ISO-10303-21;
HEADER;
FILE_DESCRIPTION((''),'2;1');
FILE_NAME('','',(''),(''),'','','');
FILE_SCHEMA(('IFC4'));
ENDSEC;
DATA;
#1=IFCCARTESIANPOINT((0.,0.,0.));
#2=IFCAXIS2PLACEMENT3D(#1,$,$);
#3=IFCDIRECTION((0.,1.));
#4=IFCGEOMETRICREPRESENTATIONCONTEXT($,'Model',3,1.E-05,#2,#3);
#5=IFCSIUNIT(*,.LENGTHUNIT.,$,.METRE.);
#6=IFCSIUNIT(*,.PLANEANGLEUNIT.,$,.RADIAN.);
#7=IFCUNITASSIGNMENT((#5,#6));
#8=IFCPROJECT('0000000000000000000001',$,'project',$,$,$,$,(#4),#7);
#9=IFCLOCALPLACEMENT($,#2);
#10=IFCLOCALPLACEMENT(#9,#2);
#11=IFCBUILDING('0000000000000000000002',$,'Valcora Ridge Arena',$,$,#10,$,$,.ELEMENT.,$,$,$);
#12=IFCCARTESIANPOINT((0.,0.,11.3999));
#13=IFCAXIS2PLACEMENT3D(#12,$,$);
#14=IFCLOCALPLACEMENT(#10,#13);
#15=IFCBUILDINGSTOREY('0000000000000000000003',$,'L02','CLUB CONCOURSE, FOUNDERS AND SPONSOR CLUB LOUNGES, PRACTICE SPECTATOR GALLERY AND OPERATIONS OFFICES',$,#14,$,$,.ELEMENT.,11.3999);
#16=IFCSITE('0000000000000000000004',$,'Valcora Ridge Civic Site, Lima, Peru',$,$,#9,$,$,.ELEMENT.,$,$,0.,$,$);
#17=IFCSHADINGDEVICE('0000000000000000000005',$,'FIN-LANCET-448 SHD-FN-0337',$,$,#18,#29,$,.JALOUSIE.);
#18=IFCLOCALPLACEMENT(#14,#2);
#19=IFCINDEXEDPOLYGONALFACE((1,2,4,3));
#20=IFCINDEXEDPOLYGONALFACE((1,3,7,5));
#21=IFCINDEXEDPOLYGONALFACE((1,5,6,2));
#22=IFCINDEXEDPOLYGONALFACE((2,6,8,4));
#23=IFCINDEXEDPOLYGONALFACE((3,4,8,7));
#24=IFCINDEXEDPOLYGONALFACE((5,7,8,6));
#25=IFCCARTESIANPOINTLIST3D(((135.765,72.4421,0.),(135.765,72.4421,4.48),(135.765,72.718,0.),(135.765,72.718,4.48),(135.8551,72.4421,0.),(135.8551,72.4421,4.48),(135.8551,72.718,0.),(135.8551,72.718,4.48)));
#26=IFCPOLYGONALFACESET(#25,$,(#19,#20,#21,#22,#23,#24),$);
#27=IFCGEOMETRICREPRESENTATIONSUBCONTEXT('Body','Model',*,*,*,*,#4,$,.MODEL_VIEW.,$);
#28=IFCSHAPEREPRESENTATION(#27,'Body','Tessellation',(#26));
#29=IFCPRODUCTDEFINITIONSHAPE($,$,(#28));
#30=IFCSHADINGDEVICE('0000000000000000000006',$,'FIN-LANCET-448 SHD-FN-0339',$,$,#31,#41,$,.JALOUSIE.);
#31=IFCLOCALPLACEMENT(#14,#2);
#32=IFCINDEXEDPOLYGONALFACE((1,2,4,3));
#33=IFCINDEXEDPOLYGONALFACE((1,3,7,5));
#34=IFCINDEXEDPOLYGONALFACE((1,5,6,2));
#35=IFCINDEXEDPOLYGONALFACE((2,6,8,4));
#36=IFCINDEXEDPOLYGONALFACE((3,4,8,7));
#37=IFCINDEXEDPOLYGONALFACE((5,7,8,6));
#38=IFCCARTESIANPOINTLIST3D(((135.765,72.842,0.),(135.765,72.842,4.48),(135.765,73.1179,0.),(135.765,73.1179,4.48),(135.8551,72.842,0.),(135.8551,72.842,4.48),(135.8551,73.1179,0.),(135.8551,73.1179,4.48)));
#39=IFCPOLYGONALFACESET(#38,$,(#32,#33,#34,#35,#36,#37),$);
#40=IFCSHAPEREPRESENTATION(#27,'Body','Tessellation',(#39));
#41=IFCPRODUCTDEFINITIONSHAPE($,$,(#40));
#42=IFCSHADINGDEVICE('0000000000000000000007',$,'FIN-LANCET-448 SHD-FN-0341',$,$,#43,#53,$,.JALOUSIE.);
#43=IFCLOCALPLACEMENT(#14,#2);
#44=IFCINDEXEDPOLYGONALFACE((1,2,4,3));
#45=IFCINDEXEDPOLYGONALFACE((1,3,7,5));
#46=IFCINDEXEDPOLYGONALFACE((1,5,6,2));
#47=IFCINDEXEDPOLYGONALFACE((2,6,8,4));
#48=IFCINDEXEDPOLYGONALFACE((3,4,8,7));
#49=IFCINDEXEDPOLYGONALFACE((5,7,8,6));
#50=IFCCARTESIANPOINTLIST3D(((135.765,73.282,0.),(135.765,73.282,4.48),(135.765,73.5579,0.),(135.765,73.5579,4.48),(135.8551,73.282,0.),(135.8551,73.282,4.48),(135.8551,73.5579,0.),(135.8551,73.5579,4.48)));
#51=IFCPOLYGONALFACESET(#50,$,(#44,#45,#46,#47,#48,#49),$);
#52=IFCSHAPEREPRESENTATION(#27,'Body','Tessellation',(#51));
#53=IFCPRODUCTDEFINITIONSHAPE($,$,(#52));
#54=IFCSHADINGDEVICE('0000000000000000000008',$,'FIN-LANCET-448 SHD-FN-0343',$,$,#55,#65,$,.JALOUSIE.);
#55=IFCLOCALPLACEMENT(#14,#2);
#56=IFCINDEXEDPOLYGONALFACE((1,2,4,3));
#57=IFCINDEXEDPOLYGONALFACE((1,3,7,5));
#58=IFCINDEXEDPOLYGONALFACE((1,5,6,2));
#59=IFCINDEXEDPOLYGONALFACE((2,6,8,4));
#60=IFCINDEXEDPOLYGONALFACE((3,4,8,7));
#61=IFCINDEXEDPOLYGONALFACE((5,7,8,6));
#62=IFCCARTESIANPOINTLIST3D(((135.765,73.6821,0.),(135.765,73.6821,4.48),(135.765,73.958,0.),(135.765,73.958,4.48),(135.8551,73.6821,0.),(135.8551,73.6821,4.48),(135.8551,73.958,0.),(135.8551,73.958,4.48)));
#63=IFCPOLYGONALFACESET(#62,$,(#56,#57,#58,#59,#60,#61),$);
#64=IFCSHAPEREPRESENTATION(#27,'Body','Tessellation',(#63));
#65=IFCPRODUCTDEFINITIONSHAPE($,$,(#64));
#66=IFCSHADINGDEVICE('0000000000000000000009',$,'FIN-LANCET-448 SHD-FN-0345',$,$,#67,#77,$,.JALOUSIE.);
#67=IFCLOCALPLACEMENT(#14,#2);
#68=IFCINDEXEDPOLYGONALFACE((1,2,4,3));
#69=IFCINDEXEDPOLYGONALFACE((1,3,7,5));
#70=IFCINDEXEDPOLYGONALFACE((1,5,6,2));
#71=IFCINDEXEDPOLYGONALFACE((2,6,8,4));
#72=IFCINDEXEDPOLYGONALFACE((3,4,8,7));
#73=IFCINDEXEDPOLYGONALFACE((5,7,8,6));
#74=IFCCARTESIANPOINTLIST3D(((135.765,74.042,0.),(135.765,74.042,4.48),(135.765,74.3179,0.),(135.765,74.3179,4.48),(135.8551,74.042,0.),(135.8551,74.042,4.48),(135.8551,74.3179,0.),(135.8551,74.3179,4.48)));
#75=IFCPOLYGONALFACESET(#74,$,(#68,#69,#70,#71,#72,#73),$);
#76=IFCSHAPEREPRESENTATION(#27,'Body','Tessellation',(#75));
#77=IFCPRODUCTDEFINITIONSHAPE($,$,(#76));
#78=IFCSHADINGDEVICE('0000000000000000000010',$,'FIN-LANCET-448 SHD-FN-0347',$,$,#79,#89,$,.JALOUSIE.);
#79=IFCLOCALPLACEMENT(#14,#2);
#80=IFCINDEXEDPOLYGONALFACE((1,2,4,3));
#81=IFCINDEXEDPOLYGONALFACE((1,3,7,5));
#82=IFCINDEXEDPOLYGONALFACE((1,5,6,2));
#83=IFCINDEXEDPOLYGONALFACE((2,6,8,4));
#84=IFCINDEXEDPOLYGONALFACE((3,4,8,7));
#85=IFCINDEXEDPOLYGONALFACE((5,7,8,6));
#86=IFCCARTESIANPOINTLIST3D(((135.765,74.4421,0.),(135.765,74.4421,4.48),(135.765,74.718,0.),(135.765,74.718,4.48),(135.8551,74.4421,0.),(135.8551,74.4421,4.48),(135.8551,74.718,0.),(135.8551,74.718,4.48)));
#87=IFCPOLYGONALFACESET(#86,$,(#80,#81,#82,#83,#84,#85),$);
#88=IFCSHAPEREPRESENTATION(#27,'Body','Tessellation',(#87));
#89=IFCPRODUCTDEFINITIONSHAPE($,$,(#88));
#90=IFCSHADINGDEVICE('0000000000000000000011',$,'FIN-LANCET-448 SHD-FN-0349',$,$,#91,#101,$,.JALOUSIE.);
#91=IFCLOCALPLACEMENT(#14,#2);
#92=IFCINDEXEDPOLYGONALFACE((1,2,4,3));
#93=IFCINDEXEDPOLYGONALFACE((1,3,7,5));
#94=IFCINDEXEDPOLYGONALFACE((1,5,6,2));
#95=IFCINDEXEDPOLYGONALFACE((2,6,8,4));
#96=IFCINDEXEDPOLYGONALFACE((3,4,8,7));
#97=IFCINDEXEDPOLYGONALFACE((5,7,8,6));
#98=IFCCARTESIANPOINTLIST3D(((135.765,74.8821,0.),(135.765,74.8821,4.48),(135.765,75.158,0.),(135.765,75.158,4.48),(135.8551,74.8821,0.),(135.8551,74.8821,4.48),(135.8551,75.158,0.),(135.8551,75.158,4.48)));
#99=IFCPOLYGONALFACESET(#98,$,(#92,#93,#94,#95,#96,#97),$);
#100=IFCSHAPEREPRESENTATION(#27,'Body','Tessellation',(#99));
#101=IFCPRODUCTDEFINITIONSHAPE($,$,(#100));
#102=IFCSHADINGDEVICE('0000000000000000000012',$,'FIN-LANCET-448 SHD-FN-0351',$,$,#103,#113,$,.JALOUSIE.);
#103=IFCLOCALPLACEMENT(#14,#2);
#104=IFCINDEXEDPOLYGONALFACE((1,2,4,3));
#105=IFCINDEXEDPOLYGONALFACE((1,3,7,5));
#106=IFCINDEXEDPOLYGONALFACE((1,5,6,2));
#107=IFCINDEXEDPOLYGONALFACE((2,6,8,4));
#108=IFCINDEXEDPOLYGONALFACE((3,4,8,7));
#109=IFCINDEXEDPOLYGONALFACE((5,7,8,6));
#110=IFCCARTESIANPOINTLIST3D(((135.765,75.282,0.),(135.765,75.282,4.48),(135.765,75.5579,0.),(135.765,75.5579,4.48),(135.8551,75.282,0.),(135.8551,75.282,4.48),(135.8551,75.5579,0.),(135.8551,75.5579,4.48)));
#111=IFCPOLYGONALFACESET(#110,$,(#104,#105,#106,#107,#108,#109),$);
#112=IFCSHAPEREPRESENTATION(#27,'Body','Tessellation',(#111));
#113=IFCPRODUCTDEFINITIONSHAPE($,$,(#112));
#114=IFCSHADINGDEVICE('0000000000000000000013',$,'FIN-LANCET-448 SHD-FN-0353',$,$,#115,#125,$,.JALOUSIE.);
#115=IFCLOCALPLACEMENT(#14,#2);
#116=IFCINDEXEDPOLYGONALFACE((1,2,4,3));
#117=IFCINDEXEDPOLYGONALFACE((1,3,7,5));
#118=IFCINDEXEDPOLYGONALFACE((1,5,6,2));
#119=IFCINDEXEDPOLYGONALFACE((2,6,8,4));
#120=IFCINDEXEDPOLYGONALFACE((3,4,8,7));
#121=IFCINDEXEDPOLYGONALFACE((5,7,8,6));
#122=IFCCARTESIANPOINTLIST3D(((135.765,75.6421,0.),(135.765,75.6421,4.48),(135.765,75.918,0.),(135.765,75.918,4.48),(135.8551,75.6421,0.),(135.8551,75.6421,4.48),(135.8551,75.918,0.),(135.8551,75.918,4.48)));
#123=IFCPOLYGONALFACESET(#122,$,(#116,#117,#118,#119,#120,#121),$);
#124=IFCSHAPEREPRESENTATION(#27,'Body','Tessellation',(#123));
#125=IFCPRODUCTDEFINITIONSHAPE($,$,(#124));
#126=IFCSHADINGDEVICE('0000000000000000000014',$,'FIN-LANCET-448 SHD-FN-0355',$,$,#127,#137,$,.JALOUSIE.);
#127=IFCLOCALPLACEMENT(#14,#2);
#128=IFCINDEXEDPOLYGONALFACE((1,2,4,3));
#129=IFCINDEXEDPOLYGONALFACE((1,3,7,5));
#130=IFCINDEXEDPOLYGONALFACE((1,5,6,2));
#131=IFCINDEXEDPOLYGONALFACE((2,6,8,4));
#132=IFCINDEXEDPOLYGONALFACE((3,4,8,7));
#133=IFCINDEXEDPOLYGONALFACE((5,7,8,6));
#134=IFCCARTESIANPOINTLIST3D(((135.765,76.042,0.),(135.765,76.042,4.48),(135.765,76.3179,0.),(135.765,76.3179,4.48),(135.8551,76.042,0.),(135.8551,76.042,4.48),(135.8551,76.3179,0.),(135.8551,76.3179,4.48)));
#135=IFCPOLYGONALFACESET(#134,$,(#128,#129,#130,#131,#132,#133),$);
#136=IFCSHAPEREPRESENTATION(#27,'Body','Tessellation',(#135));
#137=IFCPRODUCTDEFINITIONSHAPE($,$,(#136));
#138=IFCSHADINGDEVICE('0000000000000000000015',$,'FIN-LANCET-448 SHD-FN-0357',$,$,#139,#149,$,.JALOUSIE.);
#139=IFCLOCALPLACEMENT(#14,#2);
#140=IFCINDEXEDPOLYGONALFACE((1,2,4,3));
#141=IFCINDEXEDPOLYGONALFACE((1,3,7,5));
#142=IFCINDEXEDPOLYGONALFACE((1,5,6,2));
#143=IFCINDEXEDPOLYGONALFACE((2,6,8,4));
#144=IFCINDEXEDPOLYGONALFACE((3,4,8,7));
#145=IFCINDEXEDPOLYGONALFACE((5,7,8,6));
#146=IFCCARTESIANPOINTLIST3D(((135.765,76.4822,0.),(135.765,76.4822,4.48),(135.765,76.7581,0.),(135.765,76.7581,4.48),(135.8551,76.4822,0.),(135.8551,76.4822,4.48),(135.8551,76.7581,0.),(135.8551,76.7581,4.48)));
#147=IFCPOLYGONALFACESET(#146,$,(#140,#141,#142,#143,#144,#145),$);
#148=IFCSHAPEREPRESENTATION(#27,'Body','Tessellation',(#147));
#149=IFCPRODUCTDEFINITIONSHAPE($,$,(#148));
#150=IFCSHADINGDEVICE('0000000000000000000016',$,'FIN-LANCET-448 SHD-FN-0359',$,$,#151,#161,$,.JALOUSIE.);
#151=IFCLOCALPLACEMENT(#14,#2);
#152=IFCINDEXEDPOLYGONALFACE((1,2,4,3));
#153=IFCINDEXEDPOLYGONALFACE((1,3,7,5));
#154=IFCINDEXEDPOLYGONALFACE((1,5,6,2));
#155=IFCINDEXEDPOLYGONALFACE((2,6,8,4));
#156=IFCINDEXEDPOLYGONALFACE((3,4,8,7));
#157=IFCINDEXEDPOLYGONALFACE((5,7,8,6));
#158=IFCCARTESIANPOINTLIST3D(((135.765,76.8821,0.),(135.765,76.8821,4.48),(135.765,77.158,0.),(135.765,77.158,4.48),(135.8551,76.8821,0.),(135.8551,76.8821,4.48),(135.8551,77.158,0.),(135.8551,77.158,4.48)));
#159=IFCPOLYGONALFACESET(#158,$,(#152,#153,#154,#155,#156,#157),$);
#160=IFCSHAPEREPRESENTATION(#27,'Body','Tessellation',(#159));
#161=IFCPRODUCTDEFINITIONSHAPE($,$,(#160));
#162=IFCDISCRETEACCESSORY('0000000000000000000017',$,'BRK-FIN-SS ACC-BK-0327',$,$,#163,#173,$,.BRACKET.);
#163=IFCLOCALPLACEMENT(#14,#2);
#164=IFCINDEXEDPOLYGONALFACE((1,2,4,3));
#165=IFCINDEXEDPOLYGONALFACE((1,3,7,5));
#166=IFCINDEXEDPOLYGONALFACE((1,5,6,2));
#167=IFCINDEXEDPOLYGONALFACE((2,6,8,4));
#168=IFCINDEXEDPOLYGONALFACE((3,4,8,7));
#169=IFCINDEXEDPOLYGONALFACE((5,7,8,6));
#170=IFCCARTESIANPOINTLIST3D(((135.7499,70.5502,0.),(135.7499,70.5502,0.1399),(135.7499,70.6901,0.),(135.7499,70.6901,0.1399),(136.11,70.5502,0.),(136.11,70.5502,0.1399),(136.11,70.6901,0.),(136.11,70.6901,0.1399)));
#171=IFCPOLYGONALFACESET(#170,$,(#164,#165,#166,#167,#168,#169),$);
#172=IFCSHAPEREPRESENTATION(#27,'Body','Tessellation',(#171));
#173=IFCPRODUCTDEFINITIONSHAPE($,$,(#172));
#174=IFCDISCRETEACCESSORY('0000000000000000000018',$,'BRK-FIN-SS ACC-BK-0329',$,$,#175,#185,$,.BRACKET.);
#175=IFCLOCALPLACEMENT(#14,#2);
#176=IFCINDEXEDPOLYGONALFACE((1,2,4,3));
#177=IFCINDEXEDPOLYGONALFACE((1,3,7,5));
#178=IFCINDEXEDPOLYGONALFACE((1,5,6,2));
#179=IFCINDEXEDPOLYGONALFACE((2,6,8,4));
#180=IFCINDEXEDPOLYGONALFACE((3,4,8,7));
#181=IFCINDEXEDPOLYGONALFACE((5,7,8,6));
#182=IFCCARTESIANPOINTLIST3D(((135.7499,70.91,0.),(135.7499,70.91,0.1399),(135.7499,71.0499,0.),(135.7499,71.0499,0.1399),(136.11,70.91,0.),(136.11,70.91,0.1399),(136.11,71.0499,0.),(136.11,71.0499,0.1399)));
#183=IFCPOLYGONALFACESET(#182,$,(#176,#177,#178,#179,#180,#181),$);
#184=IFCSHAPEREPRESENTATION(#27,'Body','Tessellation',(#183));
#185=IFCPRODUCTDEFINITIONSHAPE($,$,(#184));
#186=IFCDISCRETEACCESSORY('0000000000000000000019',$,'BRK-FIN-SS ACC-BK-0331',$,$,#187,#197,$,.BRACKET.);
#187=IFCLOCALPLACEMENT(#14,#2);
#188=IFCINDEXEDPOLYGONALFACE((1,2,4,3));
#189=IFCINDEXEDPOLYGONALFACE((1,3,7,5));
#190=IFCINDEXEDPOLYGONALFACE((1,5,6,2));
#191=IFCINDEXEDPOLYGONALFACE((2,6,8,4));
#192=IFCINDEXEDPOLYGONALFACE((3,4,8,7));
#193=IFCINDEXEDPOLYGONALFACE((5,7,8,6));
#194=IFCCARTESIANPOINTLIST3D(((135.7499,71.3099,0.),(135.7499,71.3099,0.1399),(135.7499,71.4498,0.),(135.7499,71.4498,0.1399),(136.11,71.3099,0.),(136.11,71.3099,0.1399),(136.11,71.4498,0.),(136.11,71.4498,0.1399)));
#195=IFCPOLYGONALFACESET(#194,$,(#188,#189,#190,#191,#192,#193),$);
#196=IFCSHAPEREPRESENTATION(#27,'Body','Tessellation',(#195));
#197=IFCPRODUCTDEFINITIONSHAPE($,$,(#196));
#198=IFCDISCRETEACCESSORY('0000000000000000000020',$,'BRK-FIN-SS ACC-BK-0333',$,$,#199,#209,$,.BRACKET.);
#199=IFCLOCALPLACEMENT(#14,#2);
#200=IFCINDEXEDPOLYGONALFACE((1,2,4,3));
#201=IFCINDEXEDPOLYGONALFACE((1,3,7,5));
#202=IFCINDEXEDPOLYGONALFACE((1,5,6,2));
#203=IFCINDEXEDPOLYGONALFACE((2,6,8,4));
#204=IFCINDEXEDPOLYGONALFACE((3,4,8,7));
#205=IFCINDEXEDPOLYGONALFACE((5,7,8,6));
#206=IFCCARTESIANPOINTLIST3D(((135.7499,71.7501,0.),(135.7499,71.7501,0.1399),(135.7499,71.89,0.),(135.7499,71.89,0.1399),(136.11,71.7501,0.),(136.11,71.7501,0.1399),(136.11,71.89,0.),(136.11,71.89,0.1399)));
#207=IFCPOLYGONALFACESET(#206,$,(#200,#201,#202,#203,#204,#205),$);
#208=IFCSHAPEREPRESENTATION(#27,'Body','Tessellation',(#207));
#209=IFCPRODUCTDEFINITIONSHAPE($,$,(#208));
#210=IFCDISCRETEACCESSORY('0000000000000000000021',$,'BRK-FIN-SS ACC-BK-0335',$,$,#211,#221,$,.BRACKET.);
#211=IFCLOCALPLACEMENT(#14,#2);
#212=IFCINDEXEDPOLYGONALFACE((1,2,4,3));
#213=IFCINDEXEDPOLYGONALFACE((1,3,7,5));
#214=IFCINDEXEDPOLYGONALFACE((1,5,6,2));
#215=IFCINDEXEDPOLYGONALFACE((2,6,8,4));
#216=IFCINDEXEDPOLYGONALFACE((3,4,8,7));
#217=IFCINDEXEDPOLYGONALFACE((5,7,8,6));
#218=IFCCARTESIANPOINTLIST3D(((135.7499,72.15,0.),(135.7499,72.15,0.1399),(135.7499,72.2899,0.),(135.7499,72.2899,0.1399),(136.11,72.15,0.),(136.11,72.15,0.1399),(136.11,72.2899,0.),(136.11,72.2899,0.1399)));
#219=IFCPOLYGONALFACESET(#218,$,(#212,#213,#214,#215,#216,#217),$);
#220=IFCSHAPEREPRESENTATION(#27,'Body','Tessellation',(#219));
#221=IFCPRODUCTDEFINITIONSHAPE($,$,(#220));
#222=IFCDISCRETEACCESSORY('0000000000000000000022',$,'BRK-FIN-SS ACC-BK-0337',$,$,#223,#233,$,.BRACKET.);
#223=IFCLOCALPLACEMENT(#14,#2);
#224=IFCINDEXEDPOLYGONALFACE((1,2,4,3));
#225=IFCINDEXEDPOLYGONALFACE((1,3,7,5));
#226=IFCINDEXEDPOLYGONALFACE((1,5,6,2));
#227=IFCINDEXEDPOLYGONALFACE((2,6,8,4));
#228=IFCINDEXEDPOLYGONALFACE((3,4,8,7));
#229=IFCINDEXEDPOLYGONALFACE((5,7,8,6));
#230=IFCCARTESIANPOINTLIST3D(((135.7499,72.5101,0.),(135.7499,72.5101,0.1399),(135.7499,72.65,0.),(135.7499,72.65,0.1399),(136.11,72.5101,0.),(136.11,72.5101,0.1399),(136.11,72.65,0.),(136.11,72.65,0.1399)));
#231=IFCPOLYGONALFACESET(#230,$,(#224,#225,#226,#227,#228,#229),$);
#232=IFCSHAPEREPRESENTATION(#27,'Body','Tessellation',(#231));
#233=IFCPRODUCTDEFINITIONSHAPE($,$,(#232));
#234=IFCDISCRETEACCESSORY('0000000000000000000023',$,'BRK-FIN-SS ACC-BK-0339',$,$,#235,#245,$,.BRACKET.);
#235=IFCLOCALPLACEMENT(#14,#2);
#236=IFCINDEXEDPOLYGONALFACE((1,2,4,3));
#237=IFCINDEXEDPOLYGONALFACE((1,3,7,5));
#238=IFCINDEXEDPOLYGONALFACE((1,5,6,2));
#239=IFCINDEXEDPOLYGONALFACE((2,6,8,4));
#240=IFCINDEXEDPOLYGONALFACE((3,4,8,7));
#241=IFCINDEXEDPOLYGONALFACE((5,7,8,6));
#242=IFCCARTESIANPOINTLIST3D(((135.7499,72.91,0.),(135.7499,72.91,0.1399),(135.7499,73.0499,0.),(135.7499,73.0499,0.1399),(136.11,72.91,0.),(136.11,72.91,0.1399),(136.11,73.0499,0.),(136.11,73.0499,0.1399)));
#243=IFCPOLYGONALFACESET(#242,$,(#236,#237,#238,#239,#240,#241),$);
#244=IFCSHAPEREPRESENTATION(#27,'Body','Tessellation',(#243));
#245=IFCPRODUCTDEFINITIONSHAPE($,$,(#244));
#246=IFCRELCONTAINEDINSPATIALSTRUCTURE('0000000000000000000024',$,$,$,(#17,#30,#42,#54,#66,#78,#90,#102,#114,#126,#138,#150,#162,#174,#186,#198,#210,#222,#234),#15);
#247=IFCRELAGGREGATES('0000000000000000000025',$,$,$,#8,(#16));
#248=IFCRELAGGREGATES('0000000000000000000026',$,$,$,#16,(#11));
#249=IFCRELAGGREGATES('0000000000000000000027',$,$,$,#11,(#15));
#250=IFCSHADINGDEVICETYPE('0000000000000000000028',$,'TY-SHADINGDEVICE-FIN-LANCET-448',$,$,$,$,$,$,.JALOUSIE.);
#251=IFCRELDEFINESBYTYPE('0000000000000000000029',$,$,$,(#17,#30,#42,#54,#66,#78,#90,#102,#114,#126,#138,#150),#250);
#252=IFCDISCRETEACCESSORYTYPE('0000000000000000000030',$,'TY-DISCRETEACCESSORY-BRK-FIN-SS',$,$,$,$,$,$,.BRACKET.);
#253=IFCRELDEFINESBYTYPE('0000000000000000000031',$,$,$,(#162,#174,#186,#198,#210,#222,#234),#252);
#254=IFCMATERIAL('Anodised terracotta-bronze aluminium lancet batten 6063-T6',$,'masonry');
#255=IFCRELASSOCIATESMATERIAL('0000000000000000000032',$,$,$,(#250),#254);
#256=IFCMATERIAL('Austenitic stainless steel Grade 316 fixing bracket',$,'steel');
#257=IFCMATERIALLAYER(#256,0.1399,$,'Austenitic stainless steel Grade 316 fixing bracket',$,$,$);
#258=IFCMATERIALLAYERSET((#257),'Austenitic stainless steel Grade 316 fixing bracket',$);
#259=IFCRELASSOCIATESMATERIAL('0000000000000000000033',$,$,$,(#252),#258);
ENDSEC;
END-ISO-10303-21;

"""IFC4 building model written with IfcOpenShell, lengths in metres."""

from ifc_helpers import new_model, si_unit, direction, frame, origin, origin_2d, place, context, subcontext, project, spatial, rectangle, extrude, material, layer, layer_set, material_profile, profile_set, type_object, element, save


model = new_model("IFC4")

# Units and contexts
model_context = context("Model", 3, precision=1e-05, world=origin(), true_north=direction((0.0, 1.0)))
body_context = subcontext(model_context, "Body", "Model", "MODEL_VIEW")
ifc_project = project(units=[si_unit("LENGTHUNIT", "METRE"), si_unit("PLANEANGLEUNIT", "RADIAN")], contexts=[model_context])

# Site, building, storey
site_placement = place(None, origin())
site = spatial("IfcSite", under=ifc_project, at=site_placement, Name="Valcora Ridge Civic Site, Lima, Peru", CompositionType="ELEMENT", RefElevation=0.0)
building_placement = place(site_placement, origin())
building = spatial("IfcBuilding", under=site, at=building_placement, Name="Valcora Ridge Arena", CompositionType="ELEMENT")
storey_placement = place(building_placement, frame((0.0, 0.0, 11.3999)))
storey = spatial("IfcBuildingStorey", under=building, at=storey_placement, Name="L02", Description="CLUB CONCOURSE, FOUNDERS AND SPONSOR CLUB LOUNGES, PRACTICE SPECTATOR GALLERY AND OPERATIONS OFFICES", CompositionType="ELEMENT", Elevation=11.3999)

# Shading devices
ifc_material_1 = material(Name="Anodised terracotta-bronze aluminium lancet batten 6063-T6", Category="masonry")
ifc_material_profile_1 = material_profile(ifc_material_1, rectangle(XDim=0.0901, YDim=0.2759, at=origin_2d()), Name="ALU LANCET BATTEN 90x276")
ifc_profile_set_1 = profile_set([ifc_material_profile_1], Name="Anodised terracotta-bronze aluminium lancet batten 6063-T6")
shading_device_type = type_object("IfcShadingDeviceType", Name="TY-SHADINGDEVICE-FIN-LANCET-448", PredefinedType="JALOUSIE", material=ifc_profile_set_1)
for number, where, z_axis, x_axis, name in (
    (1, (135.8101, 72.5801, 0.0), (0.0, 0.0, 1.0), (1.0, 0.0, 0.0), "FIN-LANCET-448 SHD-FN-0337"),
    (2, (135.8101, 72.98, 0.0), (0.0, 0.0, 1.0), (1.0, 0.0, 0.0), "FIN-LANCET-448 SHD-FN-0339"),
    (3, (135.8101, 73.4199, 0.0), (0.0, 0.0, 1.0), (1.0, 0.0, 0.0), "FIN-LANCET-448 SHD-FN-0341"),
    (4, (135.8101, 73.8201, 0.0), (0.0, 0.0, 1.0), (1.0, 0.0, 0.0), "FIN-LANCET-448 SHD-FN-0343"),
    (5, (135.8101, 74.1799, 0.0), (0.0, 0.0, 1.0), (1.0, 0.0, 0.0), "FIN-LANCET-448 SHD-FN-0345"),
    (6, (135.8101, 74.5801, 0.0), (0.0, 0.0, 1.0), (1.0, 0.0, 0.0), "FIN-LANCET-448 SHD-FN-0347"),
    (7, (135.8101, 75.02, 0.0), (0.0, 0.0, 1.0), (1.0, 0.0, 0.0), "FIN-LANCET-448 SHD-FN-0349"),
    (8, (135.8101, 75.4199, 0.0), (0.0, 0.0, 1.0), (1.0, 0.0, 0.0), "FIN-LANCET-448 SHD-FN-0351"),
    (9, (135.8101, 75.78, 0.0), (0.0, 0.0, 1.0), (1.0, 0.0, 0.0), "FIN-LANCET-448 SHD-FN-0353"),
    (10, (135.8101, 76.1799, 0.0), (0.0, 0.0, 1.0), (1.0, 0.0, 0.0), "FIN-LANCET-448 SHD-FN-0355"),
    (11, (135.8101, 76.6201, 0.0), (0.0, 0.0, 1.0), (1.0, 0.0, 0.0), "FIN-LANCET-448 SHD-FN-0357"),
    (12, (135.8101, 77.02, 0.0), (0.0, 0.0, 1.0), (1.0, 0.0, 0.0), "FIN-LANCET-448 SHD-FN-0359"),
):
    element("IfcShadingDevice", number, at=place(storey_placement, frame(where, z_axis=z_axis, x_axis=x_axis)), inside=storey, type_object=shading_device_type, Name=name, PredefinedType="JALOUSIE", context=body_context, shape_type="SweptSolid", body=[
        extrude(rectangle(XDim=0.0901, YDim=0.2759, at=origin_2d()), origin(), (0.0, 0.0, 1.0), 4.48),
    ])

# Discrete accessories
ifc_material_2 = material(Name="Austenitic stainless steel Grade 316 fixing bracket", Category="steel")
ifc_layer = layer(ifc_material_2, 0.1399, Name="Austenitic stainless steel Grade 316 fixing bracket")
ifc_layer_set = layer_set([ifc_layer], Name="Austenitic stainless steel Grade 316 fixing bracket")
discrete_accessory_type = type_object("IfcDiscreteAccessoryType", Name="TY-DISCRETEACCESSORY-BRK-FIN-SS", PredefinedType="BRACKET", material=ifc_layer_set)
for number, where, z_axis, x_axis, name in (
    (13, (135.9299, 70.6201, 0.0), (0.0, 0.0, 1.0), (1.0, 0.0, 0.0), "BRK-FIN-SS ACC-BK-0327"),
    (14, (135.9299, 70.98, 0.0), (0.0, 0.0, 1.0), (1.0, 0.0, 0.0), "BRK-FIN-SS ACC-BK-0329"),
    (15, (135.9299, 71.3799, 0.0), (0.0, 0.0, 1.0), (1.0, 0.0, 0.0), "BRK-FIN-SS ACC-BK-0331"),
    (16, (135.9299, 71.8201, 0.0), (0.0, 0.0, 1.0), (1.0, 0.0, 0.0), "BRK-FIN-SS ACC-BK-0333"),
    (17, (135.9299, 72.22, 0.0), (0.0, 0.0, 1.0), (1.0, 0.0, 0.0), "BRK-FIN-SS ACC-BK-0335"),
    (18, (135.9299, 72.5801, 0.0), (0.0, 0.0, 1.0), (1.0, 0.0, 0.0), "BRK-FIN-SS ACC-BK-0337"),
    (19, (135.9299, 72.98, 0.0), (0.0, 0.0, 1.0), (1.0, 0.0, 0.0), "BRK-FIN-SS ACC-BK-0339"),
):
    element("IfcDiscreteAccessory", number, at=place(storey_placement, frame(where, z_axis=z_axis, x_axis=x_axis)), inside=storey, type_object=discrete_accessory_type, Name=name, PredefinedType="BRACKET", context=body_context, shape_type="SweptSolid", body=[
        extrude(rectangle(XDim=0.3601, YDim=0.1399, at=origin_2d()), origin(), (0.0, 0.0, 1.0), 0.1399),
    ])

save(model, "model.ifc")
